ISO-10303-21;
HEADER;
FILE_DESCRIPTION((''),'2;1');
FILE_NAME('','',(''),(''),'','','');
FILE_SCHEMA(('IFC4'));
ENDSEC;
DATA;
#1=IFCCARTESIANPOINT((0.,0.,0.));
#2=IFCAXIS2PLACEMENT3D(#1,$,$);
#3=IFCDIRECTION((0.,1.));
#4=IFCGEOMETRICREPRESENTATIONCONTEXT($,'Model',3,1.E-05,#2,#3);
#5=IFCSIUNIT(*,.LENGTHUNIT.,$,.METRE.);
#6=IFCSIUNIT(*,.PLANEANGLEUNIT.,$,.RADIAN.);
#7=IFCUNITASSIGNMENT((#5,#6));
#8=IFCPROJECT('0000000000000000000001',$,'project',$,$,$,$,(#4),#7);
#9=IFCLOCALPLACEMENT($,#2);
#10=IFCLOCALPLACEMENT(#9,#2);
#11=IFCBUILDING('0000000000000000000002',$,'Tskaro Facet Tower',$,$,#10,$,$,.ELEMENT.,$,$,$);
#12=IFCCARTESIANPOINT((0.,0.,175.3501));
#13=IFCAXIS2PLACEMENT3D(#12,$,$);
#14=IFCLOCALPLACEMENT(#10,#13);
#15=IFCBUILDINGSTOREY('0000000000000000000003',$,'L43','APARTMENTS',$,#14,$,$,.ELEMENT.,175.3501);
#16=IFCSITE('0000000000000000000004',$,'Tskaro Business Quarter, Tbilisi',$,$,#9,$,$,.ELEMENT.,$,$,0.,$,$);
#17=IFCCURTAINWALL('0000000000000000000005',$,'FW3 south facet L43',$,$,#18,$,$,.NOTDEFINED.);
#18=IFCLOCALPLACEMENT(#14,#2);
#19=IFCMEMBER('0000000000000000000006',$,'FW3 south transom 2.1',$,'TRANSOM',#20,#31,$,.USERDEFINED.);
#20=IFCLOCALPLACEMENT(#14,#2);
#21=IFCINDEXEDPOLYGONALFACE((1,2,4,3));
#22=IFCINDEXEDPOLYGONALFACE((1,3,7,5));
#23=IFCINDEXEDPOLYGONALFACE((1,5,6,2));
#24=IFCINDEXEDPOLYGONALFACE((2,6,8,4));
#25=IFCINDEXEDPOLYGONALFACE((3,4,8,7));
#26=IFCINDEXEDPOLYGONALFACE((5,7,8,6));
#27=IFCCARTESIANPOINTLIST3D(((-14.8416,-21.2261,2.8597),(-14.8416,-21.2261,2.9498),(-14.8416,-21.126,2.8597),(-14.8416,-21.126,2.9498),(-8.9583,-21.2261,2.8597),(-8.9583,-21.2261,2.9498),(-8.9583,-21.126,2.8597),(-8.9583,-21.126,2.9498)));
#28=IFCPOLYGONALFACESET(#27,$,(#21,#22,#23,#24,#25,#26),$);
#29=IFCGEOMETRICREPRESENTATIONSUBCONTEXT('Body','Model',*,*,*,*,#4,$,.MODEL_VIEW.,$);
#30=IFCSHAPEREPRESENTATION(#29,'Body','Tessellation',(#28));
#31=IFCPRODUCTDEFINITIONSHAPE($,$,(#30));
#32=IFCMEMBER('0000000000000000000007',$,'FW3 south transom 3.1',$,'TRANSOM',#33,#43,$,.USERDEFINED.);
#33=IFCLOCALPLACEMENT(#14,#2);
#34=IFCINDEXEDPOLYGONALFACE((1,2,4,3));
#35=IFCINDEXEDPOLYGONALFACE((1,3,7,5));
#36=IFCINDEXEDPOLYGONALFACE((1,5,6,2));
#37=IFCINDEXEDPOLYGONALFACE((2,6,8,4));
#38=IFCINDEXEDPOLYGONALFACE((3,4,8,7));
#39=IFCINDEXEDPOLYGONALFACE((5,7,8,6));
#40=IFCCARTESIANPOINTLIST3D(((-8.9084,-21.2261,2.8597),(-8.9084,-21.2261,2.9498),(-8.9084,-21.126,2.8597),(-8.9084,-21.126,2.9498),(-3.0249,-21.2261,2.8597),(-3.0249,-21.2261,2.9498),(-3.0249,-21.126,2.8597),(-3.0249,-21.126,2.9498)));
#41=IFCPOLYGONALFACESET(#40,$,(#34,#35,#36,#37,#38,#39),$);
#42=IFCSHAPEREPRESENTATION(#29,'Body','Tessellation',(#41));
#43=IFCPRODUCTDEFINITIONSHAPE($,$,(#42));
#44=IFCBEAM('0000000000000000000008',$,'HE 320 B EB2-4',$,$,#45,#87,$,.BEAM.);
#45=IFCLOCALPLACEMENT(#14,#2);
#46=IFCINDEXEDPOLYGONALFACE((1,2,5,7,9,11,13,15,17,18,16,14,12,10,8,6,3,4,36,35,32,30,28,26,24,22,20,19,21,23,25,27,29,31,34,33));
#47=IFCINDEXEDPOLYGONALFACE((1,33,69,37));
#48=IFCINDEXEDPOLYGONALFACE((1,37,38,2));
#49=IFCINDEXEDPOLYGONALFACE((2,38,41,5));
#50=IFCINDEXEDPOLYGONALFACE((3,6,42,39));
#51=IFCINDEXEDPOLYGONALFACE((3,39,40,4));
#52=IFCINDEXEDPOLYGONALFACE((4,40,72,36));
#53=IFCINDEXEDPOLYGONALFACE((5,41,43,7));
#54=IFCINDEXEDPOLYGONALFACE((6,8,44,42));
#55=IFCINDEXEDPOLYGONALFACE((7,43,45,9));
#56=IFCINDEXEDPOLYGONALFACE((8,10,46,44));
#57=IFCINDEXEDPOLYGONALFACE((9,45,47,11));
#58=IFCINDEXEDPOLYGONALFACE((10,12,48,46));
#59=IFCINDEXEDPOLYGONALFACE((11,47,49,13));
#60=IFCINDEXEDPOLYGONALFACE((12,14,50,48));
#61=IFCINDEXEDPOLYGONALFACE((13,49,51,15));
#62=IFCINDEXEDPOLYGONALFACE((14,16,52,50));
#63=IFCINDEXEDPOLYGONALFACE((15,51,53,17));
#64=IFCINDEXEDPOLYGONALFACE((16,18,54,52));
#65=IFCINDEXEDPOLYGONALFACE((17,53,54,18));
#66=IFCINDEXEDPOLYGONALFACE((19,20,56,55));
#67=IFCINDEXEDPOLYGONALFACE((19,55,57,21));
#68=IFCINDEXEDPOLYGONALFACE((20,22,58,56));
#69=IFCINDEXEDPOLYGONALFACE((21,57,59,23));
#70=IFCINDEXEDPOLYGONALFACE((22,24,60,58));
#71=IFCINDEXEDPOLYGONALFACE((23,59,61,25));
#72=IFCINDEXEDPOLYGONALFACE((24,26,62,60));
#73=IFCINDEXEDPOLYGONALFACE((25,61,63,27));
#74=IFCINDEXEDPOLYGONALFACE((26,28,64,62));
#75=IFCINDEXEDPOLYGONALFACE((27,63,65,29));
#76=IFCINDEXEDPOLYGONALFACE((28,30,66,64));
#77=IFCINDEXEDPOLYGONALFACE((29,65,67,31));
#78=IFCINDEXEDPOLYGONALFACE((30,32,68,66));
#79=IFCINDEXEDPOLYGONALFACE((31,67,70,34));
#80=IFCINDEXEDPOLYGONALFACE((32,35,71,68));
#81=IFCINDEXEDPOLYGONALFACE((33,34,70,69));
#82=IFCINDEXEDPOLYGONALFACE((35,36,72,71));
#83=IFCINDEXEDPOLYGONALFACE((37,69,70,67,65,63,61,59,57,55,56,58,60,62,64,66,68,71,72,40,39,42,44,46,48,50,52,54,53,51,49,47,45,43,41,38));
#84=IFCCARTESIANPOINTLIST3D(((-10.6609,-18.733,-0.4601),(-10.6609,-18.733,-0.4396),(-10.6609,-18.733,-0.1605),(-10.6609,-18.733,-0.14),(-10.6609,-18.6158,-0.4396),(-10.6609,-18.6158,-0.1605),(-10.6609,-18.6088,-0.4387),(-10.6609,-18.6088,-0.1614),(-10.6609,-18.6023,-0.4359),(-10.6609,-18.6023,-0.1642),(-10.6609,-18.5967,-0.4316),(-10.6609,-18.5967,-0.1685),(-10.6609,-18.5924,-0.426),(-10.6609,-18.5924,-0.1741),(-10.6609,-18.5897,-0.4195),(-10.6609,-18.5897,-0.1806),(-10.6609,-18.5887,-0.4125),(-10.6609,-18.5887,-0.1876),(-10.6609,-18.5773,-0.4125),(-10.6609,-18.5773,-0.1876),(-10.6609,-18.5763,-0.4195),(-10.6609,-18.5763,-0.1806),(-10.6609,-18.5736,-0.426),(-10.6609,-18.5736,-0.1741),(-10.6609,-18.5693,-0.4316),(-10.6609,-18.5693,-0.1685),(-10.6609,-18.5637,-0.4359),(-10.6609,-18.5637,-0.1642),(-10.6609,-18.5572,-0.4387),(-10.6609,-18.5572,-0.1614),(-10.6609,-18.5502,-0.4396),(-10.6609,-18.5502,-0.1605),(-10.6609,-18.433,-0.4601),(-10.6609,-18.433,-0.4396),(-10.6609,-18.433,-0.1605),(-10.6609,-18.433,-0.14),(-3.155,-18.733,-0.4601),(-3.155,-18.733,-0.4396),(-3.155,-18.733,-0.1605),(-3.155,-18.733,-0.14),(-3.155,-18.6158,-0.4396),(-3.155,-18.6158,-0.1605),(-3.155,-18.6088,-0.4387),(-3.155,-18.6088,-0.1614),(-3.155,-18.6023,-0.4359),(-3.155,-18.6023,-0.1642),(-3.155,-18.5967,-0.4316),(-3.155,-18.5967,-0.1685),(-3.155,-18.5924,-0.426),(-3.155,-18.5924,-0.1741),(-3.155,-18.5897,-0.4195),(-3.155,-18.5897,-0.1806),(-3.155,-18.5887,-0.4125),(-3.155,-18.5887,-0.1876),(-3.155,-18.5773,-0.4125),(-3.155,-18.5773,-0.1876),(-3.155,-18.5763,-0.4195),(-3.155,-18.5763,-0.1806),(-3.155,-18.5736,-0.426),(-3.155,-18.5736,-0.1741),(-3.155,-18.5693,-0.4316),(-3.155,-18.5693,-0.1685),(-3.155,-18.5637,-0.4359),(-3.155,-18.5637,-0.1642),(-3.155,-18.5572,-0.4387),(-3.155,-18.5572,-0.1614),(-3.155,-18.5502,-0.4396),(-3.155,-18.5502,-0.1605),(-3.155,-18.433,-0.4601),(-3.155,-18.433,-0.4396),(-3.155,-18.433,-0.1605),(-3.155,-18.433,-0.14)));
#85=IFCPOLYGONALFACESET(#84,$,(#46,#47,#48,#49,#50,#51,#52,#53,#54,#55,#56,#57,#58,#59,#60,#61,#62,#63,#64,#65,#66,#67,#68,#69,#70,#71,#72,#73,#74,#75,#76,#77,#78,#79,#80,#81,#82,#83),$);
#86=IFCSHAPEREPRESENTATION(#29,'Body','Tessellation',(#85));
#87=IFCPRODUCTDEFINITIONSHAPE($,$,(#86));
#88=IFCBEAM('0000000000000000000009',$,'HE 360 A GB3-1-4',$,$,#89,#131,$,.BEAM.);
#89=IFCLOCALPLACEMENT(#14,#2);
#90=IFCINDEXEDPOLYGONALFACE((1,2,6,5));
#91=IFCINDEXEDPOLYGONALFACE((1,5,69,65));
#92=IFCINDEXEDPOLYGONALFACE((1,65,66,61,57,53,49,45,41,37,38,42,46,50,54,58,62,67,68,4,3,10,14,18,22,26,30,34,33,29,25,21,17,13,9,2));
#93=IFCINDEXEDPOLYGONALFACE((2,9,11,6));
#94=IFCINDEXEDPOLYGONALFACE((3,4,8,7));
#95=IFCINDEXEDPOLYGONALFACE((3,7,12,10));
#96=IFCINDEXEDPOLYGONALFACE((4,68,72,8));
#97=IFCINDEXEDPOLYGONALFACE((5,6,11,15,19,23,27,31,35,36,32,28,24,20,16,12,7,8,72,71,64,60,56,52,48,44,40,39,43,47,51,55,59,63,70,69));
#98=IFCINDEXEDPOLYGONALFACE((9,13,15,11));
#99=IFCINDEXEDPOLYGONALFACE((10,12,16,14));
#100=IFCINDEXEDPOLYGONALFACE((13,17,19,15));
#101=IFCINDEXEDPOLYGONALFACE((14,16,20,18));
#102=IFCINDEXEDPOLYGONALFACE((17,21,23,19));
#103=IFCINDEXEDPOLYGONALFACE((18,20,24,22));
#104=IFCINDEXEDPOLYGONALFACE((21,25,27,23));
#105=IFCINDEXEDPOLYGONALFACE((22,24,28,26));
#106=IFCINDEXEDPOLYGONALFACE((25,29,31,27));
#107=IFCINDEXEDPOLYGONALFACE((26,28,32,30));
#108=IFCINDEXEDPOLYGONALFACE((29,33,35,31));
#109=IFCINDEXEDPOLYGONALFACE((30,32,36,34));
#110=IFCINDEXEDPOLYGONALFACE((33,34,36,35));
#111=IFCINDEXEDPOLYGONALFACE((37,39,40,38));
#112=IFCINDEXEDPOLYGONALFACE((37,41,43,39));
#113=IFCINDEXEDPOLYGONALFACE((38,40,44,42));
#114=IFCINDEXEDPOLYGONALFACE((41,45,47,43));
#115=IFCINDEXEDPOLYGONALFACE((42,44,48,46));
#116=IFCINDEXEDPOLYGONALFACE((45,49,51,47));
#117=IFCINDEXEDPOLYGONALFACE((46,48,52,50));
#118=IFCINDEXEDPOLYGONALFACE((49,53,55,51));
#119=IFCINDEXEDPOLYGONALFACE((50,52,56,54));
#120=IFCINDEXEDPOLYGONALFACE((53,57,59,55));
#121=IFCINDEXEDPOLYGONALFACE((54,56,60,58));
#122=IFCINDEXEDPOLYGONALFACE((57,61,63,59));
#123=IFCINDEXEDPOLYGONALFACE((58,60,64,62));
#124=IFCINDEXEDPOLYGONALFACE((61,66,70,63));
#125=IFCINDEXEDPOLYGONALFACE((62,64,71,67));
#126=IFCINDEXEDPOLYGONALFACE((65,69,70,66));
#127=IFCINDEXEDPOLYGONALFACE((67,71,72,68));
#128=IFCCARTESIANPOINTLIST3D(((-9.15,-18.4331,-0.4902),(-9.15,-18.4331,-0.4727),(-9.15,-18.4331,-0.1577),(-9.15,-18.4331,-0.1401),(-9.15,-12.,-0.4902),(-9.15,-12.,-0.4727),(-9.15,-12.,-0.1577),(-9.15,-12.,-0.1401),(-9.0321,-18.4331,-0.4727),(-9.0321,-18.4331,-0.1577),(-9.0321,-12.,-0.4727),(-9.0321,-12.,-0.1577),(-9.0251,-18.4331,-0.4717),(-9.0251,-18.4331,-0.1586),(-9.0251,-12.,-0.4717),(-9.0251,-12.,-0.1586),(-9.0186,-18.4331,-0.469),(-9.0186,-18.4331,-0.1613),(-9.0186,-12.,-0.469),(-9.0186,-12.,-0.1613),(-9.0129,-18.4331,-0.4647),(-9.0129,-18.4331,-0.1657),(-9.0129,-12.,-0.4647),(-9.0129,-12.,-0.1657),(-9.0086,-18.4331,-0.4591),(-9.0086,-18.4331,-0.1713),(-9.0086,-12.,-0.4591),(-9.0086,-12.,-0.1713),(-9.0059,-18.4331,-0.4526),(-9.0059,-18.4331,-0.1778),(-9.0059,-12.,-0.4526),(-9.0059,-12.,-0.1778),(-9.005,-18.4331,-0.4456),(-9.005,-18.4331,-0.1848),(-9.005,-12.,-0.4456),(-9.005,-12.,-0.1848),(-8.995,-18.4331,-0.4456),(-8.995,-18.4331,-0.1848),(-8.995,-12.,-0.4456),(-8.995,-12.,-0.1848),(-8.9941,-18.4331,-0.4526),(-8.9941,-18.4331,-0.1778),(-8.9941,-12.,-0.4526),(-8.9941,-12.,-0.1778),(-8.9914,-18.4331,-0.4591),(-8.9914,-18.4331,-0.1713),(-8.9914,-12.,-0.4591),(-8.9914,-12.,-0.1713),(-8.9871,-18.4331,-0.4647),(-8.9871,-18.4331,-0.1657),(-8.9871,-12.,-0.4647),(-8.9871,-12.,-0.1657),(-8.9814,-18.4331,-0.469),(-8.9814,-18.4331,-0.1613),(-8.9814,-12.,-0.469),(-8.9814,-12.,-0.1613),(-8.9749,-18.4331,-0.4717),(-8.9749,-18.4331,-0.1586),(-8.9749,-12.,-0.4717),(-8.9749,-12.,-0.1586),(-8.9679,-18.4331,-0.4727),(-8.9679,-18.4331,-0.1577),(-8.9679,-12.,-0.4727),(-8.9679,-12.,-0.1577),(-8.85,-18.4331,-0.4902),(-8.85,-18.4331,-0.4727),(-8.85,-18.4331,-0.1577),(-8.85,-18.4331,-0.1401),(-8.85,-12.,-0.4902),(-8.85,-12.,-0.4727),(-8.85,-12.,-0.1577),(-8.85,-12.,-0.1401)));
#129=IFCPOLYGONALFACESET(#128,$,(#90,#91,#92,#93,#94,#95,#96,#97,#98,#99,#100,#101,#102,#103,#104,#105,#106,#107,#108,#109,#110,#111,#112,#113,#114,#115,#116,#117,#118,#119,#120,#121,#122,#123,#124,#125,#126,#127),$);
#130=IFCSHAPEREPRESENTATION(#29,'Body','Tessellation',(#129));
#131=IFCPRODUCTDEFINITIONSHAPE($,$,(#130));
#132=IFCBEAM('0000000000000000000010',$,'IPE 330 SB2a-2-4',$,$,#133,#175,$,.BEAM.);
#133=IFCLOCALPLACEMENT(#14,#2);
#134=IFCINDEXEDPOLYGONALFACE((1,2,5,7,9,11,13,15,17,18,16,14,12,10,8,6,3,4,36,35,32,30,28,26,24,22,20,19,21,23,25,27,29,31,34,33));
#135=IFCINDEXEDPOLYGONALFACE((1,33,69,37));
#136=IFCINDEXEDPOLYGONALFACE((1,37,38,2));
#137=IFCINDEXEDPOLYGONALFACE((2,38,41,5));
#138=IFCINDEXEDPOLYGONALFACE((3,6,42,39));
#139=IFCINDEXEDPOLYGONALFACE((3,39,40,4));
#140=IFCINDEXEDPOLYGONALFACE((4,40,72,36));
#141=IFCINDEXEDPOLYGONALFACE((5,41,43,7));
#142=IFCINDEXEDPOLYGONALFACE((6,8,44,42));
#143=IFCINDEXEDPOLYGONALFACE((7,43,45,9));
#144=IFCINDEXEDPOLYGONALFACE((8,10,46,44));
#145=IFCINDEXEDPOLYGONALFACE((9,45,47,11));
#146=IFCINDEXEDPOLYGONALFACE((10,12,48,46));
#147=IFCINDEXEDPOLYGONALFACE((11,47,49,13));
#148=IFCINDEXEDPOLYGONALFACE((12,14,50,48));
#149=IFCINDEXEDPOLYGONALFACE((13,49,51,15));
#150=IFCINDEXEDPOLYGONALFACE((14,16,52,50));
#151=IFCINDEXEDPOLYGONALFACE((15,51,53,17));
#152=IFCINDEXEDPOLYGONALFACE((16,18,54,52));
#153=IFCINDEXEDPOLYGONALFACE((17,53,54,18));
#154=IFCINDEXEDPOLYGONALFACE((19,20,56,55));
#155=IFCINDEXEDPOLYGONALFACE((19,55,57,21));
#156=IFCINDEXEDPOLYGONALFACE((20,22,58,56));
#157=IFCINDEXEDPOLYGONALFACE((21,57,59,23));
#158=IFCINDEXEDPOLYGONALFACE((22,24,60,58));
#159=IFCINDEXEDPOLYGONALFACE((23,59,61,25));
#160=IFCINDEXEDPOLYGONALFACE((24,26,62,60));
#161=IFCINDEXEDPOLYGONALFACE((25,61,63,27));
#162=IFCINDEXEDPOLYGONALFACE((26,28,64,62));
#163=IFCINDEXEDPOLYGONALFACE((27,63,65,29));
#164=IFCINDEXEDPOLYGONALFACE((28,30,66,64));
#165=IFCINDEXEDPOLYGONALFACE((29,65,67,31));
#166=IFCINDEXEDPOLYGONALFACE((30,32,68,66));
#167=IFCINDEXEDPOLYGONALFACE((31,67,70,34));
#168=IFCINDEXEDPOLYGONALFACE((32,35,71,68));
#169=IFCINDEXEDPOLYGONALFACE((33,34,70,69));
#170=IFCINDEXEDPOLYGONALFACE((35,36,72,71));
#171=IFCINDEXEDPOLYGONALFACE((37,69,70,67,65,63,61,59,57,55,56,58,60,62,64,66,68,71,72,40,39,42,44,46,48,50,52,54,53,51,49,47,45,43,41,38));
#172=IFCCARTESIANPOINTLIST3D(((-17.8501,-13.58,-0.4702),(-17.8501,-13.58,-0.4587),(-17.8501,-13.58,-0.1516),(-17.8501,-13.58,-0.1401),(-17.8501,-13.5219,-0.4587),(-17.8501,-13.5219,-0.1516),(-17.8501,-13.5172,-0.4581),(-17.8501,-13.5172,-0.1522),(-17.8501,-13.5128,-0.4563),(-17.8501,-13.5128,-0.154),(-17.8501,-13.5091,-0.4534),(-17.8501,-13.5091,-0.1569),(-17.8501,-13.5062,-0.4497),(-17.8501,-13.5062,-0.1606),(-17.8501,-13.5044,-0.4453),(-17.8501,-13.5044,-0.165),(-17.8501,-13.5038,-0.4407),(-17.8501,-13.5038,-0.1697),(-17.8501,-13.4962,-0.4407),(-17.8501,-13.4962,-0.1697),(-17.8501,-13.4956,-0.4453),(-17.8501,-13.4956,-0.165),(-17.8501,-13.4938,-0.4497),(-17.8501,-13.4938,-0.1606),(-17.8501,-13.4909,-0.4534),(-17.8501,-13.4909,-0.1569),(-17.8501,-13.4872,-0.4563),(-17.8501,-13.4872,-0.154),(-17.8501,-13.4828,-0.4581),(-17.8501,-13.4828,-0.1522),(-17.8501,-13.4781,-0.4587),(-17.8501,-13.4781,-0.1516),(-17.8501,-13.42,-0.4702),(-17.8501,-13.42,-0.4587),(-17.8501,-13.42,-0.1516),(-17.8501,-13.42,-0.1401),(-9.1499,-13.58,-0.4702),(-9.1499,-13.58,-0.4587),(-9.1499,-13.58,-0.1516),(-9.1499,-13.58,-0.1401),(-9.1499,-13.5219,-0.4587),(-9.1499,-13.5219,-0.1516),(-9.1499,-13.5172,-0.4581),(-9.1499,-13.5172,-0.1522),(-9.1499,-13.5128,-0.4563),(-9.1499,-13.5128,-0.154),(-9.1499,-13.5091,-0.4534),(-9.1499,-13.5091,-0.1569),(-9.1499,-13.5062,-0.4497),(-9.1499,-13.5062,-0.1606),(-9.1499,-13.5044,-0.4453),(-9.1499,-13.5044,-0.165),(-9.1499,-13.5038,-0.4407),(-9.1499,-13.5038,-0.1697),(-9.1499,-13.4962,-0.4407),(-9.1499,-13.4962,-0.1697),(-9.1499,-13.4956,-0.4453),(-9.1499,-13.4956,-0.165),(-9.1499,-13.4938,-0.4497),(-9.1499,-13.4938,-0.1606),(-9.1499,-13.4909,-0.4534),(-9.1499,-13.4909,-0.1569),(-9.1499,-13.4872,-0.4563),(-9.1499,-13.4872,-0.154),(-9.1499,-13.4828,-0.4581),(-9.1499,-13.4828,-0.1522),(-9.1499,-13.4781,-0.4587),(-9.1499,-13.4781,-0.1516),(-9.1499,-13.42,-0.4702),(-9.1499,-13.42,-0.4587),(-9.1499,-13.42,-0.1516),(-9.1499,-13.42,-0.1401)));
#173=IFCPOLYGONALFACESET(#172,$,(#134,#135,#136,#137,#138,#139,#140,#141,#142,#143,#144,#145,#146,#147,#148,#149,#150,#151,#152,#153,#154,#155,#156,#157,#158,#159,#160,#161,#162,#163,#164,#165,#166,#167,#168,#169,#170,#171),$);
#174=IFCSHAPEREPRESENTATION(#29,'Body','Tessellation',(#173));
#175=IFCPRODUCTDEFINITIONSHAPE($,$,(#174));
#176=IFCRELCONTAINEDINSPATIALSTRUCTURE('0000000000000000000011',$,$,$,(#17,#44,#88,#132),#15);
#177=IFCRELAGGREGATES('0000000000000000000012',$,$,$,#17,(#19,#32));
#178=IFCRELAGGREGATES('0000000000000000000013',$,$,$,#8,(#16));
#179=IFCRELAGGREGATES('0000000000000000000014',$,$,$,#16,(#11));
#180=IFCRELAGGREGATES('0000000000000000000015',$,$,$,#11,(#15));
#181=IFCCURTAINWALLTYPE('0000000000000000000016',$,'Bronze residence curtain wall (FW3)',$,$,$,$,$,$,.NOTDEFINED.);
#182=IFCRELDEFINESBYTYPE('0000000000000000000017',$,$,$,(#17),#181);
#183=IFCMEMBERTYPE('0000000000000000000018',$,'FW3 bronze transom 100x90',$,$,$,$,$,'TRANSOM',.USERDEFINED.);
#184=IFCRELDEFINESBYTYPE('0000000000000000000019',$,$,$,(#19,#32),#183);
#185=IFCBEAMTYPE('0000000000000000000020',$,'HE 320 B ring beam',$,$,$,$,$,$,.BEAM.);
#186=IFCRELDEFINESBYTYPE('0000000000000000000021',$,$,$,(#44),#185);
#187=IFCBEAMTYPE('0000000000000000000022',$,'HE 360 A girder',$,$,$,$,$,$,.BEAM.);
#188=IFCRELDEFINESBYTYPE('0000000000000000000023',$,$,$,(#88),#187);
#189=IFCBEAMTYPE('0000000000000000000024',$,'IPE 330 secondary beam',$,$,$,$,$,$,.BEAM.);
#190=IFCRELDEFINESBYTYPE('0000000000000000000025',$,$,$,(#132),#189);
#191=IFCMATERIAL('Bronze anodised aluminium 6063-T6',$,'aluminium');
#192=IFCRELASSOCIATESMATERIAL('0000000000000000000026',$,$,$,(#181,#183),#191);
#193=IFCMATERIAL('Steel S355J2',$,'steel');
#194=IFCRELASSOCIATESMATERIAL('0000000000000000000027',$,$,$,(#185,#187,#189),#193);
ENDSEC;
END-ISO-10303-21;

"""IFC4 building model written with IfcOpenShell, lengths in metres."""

from ifc_helpers import new_model, si_unit, direction, frame, origin, origin_2d, place, context, subcontext, project, spatial, rectangle, i_section, extrude, material, material_profile, profile_set, type_object, element, aggregate, save


model = new_model("IFC4")

# Units and contexts
model_context = context("Model", 3, precision=1e-05, world=origin(), true_north=direction((0.0, 1.0)))
body_context = subcontext(model_context, "Body", "Model", "MODEL_VIEW")
ifc_project = project(units=[si_unit("LENGTHUNIT", "METRE"), si_unit("PLANEANGLEUNIT", "RADIAN")], contexts=[model_context])

# Site, building, storey
site_placement = place(None, origin())
site = spatial("IfcSite", under=ifc_project, at=site_placement, Name="Tskaro Business Quarter, Tbilisi", CompositionType="ELEMENT", RefElevation=0.0)
building_placement = place(site_placement, origin())
building = spatial("IfcBuilding", under=site, at=building_placement, Name="Tskaro Facet Tower", CompositionType="ELEMENT")
storey_placement = place(building_placement, frame((0.0, 0.0, 175.3501)))
storey = spatial("IfcBuildingStorey", under=building, at=storey_placement, Name="L43", Description="APARTMENTS", CompositionType="ELEMENT", Elevation=175.3501)

# Curtain wall, members
ifc_material_1 = material(Name="Bronze anodised aluminium 6063-T6", Category="aluminium")
curtain_wall_type = type_object("IfcCurtainWallType", Name="Bronze residence curtain wall (FW3)", PredefinedType="NOTDEFINED", material=ifc_material_1)
curtain_wall_placement = place(storey_placement, origin())
curtain_wall = element("IfcCurtainWall", 1, at=curtain_wall_placement, inside=storey, type_object=curtain_wall_type, Name="FW3 south facet L43", PredefinedType="NOTDEFINED")
ifc_material_profile_1 = material_profile(ifc_material_1, rectangle(XDim=0.1001, YDim=0.0901, at=origin_2d()), Name="Transom 100x90")
ifc_profile_set_1 = profile_set([ifc_material_profile_1], Name="Bronze anodised aluminium 6063-T6")
member_type_1 = type_object("IfcMemberType", Name="FW3 bronze transom 100x90", ElementType="TRANSOM", PredefinedType="USERDEFINED", material=ifc_profile_set_1)
member_1_placement = place(storey_placement, frame((-14.8416, -21.176, 2.9048), z_axis=(1.0, 0.0, 0.0), x_axis=(0.0, 1.0, 0.0)))
member_1 = element("IfcMember", 2, at=member_1_placement, type_object=member_type_1, Name="FW3 south transom 2.1", ObjectType="TRANSOM", PredefinedType="USERDEFINED", context=body_context, shape_type="SweptSolid", body=[
    extrude(rectangle(XDim=0.1001, YDim=0.0901, at=origin_2d()), origin(), (0.0, 0.0, 1.0), 5.8833),
])
member_2_placement = place(storey_placement, frame((-8.9084, -21.176, 2.9048), z_axis=(1.0, 0.0, 0.0), x_axis=(0.0, 1.0, 0.0)))
member_2 = element("IfcMember", 3, at=member_2_placement, type_object=member_type_1, Name="FW3 south transom 3.1", ObjectType="TRANSOM", PredefinedType="USERDEFINED", context=body_context, shape_type="SweptSolid", body=[
    extrude(rectangle(XDim=0.1001, YDim=0.0901, at=origin_2d()), origin(), (0.0, 0.0, 1.0), 5.8835),
])

# Beams
ifc_material_2 = material(Name="Steel S355J2", Category="steel")
ifc_material_profile_2 = material_profile(ifc_material_2, i_section(OverallWidth=0.3, OverallDepth=0.3201, WebThickness=0.0115, FlangeThickness=0.0205, FilletRadius=0.0271, at=origin_2d()), Name="HE 320 B")
ifc_profile_set_2 = profile_set([ifc_material_profile_2], Name="Steel S355J2")
beam_type_1 = type_object("IfcBeamType", Name="HE 320 B ring beam", PredefinedType="BEAM", material=ifc_profile_set_2)
beam_1_placement = place(storey_placement, frame((-10.6609, -18.583, -0.3), z_axis=(1.0, 0.0, 0.0), x_axis=(0.0, 1.0, 0.0)))
element("IfcBeam", 4, at=beam_1_placement, inside=storey, type_object=beam_type_1, Name="HE 320 B EB2-4", PredefinedType="BEAM", context=body_context, shape_type="SweptSolid", body=[
    extrude(i_section(OverallWidth=0.3, OverallDepth=0.3201, WebThickness=0.0115, FlangeThickness=0.0205, FilletRadius=0.0271, at=origin_2d()), origin(), (0.0, 0.0, 1.0), 7.5059),
])
ifc_material_profile_3 = material_profile(ifc_material_2, i_section(OverallWidth=0.3, OverallDepth=0.3501, WebThickness=0.01, FlangeThickness=0.0176, FilletRadius=0.0271, at=origin_2d()), Name="HE 360 A")
ifc_profile_set_3 = profile_set([ifc_material_profile_3], Name="Steel S355J2")
beam_type_2 = type_object("IfcBeamType", Name="HE 360 A girder", PredefinedType="BEAM", material=ifc_profile_set_3)
beam_2_placement = place(storey_placement, frame((-9.0, -18.4331, -0.3152), z_axis=(0.0, 1.0, 0.0), x_axis=(-1.0, 0.0, 0.0)))
element("IfcBeam", 5, at=beam_2_placement, inside=storey, type_object=beam_type_2, Name="HE 360 A GB3-1-4", PredefinedType="BEAM", context=body_context, shape_type="SweptSolid", body=[
    extrude(i_section(OverallWidth=0.3, OverallDepth=0.3501, WebThickness=0.01, FlangeThickness=0.0176, FilletRadius=0.0271, at=origin_2d()), origin(), (0.0, 0.0, 1.0), 6.4331),
])
ifc_material_profile_4 = material_profile(ifc_material_2, i_section(OverallWidth=0.1599, OverallDepth=0.3301, WebThickness=0.0076, FlangeThickness=0.0115, FilletRadius=0.0181, at=origin_2d()), Name="IPE 330")
ifc_profile_set_4 = profile_set([ifc_material_profile_4], Name="Steel S355J2")
beam_type_3 = type_object("IfcBeamType", Name="IPE 330 secondary beam", PredefinedType="BEAM", material=ifc_profile_set_4)
for number, where, z_axis, x_axis, name in (
    (6, (-17.8501, -13.5, -0.3052), (1.0, 0.0, 0.0), (0.0, 1.0, 0.0), "IPE 330 SB2a-2-4"),
):
    element("IfcBeam", number, at=place(storey_placement, frame(where, z_axis=z_axis, x_axis=x_axis)), inside=storey, type_object=beam_type_3, Name=name, PredefinedType="BEAM", context=body_context, shape_type="SweptSolid", body=[
        extrude(i_section(OverallWidth=0.1599, OverallDepth=0.3301, WebThickness=0.0076, FlangeThickness=0.0115, FilletRadius=0.0181, at=origin_2d()), origin(), (0.0, 0.0, 1.0), 8.7002),
    ])

aggregate(curtain_wall, [member_1, member_2])

save(model, "model.ifc")
